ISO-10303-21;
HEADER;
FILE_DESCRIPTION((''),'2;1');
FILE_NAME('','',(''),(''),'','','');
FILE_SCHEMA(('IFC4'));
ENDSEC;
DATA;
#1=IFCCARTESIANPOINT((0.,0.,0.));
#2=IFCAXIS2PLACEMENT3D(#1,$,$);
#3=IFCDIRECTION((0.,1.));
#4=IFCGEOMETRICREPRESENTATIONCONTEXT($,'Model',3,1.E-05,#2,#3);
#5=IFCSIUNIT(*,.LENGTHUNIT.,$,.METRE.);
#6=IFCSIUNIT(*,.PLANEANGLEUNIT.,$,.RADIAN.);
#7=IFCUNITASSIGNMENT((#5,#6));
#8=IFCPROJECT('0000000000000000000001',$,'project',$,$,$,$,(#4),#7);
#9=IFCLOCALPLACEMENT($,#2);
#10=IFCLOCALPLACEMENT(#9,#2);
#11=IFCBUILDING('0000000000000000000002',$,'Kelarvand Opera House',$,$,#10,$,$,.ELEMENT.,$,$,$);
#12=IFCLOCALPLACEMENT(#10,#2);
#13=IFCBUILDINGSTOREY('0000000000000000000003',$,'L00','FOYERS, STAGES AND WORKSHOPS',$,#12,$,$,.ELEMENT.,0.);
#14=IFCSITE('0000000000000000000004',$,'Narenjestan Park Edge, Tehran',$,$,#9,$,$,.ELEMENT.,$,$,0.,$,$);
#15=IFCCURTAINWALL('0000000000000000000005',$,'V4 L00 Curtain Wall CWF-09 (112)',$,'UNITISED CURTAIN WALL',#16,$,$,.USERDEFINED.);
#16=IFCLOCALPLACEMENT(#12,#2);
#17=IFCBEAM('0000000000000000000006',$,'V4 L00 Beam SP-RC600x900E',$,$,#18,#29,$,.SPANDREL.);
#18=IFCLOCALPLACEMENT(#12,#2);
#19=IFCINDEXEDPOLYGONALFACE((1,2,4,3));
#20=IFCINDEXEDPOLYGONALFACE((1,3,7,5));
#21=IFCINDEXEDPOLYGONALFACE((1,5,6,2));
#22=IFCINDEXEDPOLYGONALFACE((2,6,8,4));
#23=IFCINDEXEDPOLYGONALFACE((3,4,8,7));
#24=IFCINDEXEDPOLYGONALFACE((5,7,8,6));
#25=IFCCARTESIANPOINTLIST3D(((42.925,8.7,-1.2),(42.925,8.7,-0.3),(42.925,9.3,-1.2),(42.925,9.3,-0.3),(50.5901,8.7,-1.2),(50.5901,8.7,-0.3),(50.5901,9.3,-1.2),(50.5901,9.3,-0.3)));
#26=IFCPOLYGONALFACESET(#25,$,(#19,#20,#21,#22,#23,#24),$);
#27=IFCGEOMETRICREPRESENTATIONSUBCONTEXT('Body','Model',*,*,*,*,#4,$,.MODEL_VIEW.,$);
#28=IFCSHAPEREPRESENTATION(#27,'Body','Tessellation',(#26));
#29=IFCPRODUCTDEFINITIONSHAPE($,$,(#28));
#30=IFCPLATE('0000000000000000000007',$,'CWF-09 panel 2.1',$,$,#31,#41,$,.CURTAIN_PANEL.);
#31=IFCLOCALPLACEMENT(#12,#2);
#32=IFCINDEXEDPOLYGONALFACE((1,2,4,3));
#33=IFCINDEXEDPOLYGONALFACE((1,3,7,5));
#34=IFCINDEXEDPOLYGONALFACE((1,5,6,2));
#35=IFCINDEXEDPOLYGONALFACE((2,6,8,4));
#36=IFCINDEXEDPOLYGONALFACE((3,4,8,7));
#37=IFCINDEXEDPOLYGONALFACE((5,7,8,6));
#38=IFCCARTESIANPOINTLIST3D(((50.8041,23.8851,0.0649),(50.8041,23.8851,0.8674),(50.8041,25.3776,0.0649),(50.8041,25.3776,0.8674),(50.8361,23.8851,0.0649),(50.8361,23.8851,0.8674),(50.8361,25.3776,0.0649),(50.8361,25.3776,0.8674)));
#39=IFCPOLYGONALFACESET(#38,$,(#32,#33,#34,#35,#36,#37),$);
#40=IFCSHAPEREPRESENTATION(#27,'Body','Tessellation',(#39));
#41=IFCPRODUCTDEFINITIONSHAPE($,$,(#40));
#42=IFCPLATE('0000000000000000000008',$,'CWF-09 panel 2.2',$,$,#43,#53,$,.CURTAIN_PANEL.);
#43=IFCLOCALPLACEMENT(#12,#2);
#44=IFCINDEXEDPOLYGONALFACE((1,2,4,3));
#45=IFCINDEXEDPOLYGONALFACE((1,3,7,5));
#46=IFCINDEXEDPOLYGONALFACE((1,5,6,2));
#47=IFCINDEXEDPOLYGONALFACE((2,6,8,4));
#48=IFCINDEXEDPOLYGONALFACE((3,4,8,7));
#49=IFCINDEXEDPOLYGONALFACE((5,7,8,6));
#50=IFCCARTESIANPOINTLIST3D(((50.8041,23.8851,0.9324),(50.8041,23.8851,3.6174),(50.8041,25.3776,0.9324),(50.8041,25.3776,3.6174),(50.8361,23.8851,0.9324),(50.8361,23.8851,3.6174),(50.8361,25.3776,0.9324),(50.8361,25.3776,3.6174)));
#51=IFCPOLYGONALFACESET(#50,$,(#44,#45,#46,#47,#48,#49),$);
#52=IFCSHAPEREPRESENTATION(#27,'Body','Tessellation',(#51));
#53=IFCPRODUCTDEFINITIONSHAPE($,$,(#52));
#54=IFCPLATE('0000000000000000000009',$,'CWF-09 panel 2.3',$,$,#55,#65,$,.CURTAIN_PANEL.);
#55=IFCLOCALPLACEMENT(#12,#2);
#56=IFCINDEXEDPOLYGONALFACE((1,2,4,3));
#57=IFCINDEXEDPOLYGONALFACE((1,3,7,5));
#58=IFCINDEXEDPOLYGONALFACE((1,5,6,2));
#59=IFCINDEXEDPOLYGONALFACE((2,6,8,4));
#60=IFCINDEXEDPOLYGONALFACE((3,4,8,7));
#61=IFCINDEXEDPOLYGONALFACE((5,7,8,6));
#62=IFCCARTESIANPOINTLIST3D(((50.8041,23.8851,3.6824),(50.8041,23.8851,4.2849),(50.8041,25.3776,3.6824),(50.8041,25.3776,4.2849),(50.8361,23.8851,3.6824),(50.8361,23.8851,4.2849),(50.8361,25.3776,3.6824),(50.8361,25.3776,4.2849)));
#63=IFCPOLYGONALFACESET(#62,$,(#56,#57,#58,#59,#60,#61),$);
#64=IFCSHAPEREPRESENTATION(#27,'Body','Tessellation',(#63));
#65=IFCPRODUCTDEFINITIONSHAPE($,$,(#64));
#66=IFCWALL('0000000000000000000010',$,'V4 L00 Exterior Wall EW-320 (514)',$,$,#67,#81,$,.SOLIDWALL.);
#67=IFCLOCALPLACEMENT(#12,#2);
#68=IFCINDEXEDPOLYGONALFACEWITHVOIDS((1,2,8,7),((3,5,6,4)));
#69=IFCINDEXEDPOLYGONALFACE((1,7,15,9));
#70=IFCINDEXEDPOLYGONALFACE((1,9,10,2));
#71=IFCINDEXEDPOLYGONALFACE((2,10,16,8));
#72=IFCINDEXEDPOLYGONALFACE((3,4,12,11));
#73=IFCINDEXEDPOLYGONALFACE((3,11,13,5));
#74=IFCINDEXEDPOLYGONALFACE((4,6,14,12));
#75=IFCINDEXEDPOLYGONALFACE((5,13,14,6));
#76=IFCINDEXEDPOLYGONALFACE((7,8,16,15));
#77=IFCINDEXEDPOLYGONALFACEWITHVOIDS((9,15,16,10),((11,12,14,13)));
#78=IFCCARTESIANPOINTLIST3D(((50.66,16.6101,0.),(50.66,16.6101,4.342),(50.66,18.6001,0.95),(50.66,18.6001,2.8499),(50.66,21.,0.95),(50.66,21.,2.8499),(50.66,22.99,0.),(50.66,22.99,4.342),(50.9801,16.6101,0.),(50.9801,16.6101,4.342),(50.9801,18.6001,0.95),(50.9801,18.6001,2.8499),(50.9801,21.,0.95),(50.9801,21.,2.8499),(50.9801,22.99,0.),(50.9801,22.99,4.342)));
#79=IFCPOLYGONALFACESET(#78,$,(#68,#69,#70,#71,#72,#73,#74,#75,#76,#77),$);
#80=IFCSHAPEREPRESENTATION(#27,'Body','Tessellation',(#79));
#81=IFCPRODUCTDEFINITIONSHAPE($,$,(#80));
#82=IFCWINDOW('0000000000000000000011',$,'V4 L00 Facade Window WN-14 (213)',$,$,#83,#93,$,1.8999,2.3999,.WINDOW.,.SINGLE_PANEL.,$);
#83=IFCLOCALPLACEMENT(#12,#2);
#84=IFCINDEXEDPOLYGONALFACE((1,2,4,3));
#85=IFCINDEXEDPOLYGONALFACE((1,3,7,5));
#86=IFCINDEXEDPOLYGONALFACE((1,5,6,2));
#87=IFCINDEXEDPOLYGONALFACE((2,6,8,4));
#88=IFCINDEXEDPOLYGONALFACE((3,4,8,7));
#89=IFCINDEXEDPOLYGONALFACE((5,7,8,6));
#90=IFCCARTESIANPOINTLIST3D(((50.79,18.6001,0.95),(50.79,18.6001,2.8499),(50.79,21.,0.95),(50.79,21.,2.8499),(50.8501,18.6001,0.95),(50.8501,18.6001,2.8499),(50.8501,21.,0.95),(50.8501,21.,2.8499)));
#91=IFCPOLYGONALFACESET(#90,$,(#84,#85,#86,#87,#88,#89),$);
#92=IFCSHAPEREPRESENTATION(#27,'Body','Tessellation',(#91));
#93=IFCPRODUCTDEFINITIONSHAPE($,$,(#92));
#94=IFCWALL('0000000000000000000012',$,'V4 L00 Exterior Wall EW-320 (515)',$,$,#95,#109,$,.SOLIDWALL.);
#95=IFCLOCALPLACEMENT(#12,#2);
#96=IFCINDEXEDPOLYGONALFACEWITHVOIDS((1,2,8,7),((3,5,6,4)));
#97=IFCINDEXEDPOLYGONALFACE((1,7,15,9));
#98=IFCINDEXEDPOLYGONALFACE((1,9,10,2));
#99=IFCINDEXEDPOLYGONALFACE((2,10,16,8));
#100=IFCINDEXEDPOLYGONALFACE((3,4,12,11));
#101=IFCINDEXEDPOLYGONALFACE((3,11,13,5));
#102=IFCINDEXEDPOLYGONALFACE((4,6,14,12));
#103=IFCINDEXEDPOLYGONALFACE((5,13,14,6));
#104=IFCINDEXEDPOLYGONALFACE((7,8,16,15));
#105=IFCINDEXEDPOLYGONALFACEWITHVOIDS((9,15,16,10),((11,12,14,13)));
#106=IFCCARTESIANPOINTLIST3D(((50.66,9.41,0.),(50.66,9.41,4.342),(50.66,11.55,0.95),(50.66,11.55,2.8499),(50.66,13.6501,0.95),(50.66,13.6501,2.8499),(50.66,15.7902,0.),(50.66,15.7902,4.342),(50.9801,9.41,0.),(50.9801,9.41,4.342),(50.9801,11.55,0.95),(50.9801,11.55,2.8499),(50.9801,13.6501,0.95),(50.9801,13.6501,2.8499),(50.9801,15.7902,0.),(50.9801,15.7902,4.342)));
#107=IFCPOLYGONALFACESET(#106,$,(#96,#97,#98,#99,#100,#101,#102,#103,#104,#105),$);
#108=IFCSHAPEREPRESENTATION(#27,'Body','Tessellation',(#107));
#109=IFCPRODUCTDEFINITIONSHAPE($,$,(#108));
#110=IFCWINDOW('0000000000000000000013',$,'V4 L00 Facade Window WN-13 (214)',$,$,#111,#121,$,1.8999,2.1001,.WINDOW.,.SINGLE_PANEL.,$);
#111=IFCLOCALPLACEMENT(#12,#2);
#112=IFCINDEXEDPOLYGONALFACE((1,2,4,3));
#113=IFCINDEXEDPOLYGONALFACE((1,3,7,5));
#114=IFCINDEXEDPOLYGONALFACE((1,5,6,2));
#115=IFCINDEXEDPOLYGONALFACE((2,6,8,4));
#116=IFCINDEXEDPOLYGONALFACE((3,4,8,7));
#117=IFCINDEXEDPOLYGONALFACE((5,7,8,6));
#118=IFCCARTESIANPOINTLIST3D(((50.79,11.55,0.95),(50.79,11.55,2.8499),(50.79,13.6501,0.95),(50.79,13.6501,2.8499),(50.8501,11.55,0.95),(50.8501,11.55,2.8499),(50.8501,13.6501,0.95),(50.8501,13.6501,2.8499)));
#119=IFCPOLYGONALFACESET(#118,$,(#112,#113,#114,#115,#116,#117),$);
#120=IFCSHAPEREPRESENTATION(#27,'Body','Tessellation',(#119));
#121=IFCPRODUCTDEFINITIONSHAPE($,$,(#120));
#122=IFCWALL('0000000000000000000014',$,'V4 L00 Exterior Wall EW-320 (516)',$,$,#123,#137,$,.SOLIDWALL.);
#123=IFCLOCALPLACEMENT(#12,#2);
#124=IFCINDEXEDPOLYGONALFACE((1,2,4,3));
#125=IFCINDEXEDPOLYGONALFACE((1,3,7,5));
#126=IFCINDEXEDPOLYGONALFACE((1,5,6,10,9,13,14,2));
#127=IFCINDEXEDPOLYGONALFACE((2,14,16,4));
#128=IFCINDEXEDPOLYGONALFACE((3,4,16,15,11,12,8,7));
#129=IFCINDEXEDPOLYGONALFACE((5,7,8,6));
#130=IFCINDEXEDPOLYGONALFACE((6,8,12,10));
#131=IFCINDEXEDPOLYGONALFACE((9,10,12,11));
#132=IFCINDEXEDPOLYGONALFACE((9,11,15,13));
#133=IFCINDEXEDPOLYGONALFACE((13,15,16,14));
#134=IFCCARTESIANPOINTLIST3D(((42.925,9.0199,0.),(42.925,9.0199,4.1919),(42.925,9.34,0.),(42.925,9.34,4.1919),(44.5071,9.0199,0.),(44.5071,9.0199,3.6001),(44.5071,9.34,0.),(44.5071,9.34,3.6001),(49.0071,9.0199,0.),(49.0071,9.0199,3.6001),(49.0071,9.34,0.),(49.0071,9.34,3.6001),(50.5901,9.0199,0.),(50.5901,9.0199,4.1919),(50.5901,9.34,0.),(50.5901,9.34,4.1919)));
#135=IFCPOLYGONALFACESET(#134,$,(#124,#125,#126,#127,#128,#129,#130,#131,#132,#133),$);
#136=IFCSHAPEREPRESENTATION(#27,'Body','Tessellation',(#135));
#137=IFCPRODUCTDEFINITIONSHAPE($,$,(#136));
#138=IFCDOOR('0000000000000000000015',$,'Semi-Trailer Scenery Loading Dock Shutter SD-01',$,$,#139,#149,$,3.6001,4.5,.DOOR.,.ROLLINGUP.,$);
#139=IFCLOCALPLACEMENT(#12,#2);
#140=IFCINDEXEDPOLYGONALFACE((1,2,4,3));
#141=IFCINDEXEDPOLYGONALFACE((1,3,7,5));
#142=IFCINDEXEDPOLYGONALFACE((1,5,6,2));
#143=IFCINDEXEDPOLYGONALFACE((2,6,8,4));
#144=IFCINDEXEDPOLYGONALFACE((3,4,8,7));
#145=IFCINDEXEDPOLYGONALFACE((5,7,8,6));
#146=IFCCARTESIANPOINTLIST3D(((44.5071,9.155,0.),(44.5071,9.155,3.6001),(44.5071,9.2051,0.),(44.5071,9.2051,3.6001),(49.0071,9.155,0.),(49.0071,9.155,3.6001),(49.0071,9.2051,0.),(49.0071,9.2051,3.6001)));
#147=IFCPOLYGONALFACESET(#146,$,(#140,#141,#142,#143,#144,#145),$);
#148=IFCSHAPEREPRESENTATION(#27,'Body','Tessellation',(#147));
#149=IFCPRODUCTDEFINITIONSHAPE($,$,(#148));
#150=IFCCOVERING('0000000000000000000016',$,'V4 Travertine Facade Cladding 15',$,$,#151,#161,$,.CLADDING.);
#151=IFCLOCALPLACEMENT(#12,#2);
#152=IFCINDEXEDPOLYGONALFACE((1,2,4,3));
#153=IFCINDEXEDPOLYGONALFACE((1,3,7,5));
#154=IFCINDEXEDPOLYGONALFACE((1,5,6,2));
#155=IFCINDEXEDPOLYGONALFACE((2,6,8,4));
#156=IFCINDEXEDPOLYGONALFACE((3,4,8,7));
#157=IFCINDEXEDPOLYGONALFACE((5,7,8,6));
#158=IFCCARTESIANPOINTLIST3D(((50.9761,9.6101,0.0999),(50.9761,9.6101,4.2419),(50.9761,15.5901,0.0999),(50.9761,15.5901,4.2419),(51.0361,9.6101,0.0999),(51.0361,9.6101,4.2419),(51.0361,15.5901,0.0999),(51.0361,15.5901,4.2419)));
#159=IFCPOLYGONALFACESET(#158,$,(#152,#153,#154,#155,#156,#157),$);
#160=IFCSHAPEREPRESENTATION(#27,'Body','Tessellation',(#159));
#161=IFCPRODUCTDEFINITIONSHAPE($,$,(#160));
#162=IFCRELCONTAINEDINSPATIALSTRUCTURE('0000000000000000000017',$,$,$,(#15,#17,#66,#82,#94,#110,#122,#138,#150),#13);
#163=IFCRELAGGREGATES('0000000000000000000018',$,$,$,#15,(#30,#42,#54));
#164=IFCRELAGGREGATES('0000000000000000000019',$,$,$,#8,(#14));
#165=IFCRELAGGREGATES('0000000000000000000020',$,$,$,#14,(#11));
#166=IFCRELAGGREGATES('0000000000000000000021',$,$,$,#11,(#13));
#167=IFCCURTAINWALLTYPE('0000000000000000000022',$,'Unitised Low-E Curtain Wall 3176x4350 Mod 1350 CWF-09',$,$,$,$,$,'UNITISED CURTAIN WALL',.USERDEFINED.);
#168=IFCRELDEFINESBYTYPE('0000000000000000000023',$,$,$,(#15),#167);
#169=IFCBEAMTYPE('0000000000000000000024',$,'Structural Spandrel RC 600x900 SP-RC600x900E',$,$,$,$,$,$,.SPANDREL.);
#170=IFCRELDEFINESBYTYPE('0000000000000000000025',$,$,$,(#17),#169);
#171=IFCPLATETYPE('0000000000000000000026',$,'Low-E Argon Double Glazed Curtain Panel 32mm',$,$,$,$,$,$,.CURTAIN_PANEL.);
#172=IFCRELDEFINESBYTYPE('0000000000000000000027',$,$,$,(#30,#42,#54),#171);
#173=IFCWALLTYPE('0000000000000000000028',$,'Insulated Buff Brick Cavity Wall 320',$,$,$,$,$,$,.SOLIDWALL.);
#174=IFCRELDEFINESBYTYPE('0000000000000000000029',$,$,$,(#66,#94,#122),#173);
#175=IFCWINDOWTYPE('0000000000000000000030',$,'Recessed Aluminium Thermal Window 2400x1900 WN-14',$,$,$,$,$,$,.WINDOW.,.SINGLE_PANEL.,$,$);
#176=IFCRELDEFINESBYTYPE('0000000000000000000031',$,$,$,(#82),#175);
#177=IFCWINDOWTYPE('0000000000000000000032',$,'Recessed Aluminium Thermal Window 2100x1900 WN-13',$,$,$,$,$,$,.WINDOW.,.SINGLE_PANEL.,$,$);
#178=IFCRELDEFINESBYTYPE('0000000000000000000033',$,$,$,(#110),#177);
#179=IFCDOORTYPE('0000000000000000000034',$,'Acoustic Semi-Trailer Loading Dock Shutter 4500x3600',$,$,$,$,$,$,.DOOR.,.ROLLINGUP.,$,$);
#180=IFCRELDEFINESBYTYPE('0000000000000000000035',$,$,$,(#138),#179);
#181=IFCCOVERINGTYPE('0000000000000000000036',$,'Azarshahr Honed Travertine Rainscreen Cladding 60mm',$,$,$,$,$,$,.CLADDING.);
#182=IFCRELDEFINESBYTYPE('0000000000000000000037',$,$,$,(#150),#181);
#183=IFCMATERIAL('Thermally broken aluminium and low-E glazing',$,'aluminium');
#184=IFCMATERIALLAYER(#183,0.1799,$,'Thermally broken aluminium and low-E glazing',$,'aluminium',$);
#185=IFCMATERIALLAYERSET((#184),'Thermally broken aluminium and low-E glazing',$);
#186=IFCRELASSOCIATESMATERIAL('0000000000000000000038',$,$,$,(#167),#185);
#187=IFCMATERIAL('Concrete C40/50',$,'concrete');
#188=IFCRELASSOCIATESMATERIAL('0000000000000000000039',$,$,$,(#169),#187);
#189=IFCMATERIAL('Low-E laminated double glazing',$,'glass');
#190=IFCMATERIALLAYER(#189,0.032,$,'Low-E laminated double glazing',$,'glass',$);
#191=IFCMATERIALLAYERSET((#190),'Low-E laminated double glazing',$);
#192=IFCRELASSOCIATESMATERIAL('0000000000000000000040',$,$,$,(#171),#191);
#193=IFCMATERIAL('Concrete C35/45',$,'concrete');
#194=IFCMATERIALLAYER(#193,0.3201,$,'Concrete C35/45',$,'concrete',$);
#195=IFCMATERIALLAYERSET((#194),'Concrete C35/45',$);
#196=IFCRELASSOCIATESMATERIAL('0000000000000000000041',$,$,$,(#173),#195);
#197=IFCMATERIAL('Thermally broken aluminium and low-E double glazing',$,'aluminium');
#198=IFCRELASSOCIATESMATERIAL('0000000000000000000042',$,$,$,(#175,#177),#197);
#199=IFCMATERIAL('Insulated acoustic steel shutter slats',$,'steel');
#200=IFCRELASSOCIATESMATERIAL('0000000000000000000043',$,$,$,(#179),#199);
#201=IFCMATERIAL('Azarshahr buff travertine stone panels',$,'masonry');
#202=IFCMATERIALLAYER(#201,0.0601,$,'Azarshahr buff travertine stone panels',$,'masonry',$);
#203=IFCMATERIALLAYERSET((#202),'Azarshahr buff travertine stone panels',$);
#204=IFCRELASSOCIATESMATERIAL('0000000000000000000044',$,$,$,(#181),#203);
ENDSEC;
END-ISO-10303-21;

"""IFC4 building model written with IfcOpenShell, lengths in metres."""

from ifc_helpers import new_model, si_unit, direction, frame, frame_2d, origin, origin_2d, place, context, subcontext, project, spatial, rectangle, extrude, material, layer, layer_set, material_profile, profile_set, type_object, element, fill, aggregate, save


model = new_model("IFC4")

# Units and contexts
model_context = context("Model", 3, precision=1e-05, world=origin(), true_north=direction((0.0, 1.0)))
body_context = subcontext(model_context, "Body", "Model", "MODEL_VIEW")
ifc_project = project(units=[si_unit("LENGTHUNIT", "METRE"), si_unit("PLANEANGLEUNIT", "RADIAN")], contexts=[model_context])

# Site, building, storey
site_placement = place(None, origin())
site = spatial("IfcSite", under=ifc_project, at=site_placement, Name="Narenjestan Park Edge, Tehran", CompositionType="ELEMENT", RefElevation=0.0)
building_placement = place(site_placement, origin())
building = spatial("IfcBuilding", under=site, at=building_placement, Name="Kelarvand Opera House", CompositionType="ELEMENT")
storey_placement = place(building_placement, origin())
storey = spatial("IfcBuildingStorey", under=building, at=storey_placement, Name="L00", Description="FOYERS, STAGES AND WORKSHOPS", CompositionType="ELEMENT", Elevation=0.0)

# Shared definitions
ifc_material_1 = material(Name="Concrete C40/50", Category="concrete")

# Curtain wall
ifc_material_2 = material(Name="Thermally broken aluminium and low-E glazing", Category="aluminium")
ifc_layer_1 = layer(ifc_material_2, 0.1799, Name="Thermally broken aluminium and low-E glazing", Category="aluminium")
ifc_layer_set_1 = layer_set([ifc_layer_1], Name="Thermally broken aluminium and low-E glazing")
curtain_wall_type = type_object("IfcCurtainWallType", Name="Unitised Low-E Curtain Wall 3176x4350 Mod 1350 CWF-09", ElementType="UNITISED CURTAIN WALL", PredefinedType="USERDEFINED", material=ifc_layer_set_1)
curtain_wall_placement = place(storey_placement, origin())
curtain_wall = element("IfcCurtainWall", 1, at=curtain_wall_placement, inside=storey, type_object=curtain_wall_type, Name="V4 L00 Curtain Wall CWF-09 (112)", ObjectType="UNITISED CURTAIN WALL", PredefinedType="USERDEFINED")

# Beam
ifc_material_profile_1 = material_profile(ifc_material_1, rectangle(XDim=0.6001, YDim=0.8999, at=origin_2d()), Name="RC 600x900", Category="concrete")
ifc_profile_set_1 = profile_set([ifc_material_profile_1], Name="Concrete C40/50")
beam_type_1 = type_object("IfcBeamType", Name="Structural Spandrel RC 600x900 SP-RC600x900E", PredefinedType="SPANDREL", material=ifc_profile_set_1)
beam_1_placement = place(storey_placement, frame((42.925, 9.0, -0.75), z_axis=(1.0, 0.0, 0.0), x_axis=(0.0, 1.0, 0.0)))
element("IfcBeam", 2, at=beam_1_placement, inside=storey, type_object=beam_type_1, Name="V4 L00 Beam SP-RC600x900E", PredefinedType="SPANDREL", context=body_context, shape_type="SweptSolid", body=[
    extrude(rectangle(XDim=0.6001, YDim=0.8999, at=origin_2d()), origin(), (0.0, 0.0, 1.0), 7.665),
])

# Plates
ifc_material_3 = material(Name="Low-E laminated double glazing", Category="glass")
ifc_layer_2 = layer(ifc_material_3, 0.032, Name="Low-E laminated double glazing", Category="glass")
ifc_layer_set_2 = layer_set([ifc_layer_2], Name="Low-E laminated double glazing")
plate_type = type_object("IfcPlateType", Name="Low-E Argon Double Glazed Curtain Panel 32mm", PredefinedType="CURTAIN_PANEL", material=ifc_layer_set_2)
plate_1_placement = place(storey_placement, frame((50.8201, 24.6313, 0.0649), z_axis=(0.0, 0.0, 1.0), x_axis=(0.0, -1.0, 0.0)))
plate_1 = element("IfcPlate", 3, at=plate_1_placement, type_object=plate_type, Name="CWF-09 panel 2.1", PredefinedType="CURTAIN_PANEL", context=body_context, shape_type="SweptSolid", body=[
    extrude(rectangle(XDim=1.4924, YDim=0.032, at=origin_2d()), origin(), (0.0, 0.0, 1.0), 0.8025),
])
plate_2_placement = place(storey_placement, frame((50.8201, 24.6313, 0.9324), z_axis=(0.0, 0.0, 1.0), x_axis=(0.0, -1.0, 0.0)))
plate_2 = element("IfcPlate", 4, at=plate_2_placement, type_object=plate_type, Name="CWF-09 panel 2.2", PredefinedType="CURTAIN_PANEL", context=body_context, shape_type="SweptSolid", body=[
    extrude(rectangle(XDim=1.4924, YDim=0.032, at=origin_2d()), origin(), (0.0, 0.0, 1.0), 2.6851),
])
plate_3_placement = place(storey_placement, frame((50.8201, 24.6313, 3.6824), z_axis=(0.0, 0.0, 1.0), x_axis=(0.0, -1.0, 0.0)))
plate_3 = element("IfcPlate", 5, at=plate_3_placement, type_object=plate_type, Name="CWF-09 panel 2.3", PredefinedType="CURTAIN_PANEL", context=body_context, shape_type="SweptSolid", body=[
    extrude(rectangle(XDim=1.4924, YDim=0.032, at=origin_2d()), origin(), (0.0, 0.0, 1.0), 0.6025),
])
aggregate(curtain_wall, [plate_1, plate_2, plate_3])

# Walls, openings, windows
ifc_material_4 = material(Name="Concrete C35/45", Category="concrete")
ifc_layer_3 = layer(ifc_material_4, 0.3201, Name="Concrete C35/45", Category="concrete")
ifc_layer_set_3 = layer_set([ifc_layer_3], Name="Concrete C35/45")
wall_type = type_object("IfcWallType", Name="Insulated Buff Brick Cavity Wall 320", PredefinedType="SOLIDWALL", material=ifc_layer_set_3)
wall_1_placement = place(storey_placement, frame((50.8201, 22.99, 0.0), z_axis=(0.0, 0.0, 1.0), x_axis=(0.0, -1.0, 0.0)))
wall_1 = element("IfcWall", 6, at=wall_1_placement, inside=storey, type_object=wall_type, Name="V4 L00 Exterior Wall EW-320 (514)", PredefinedType="SOLIDWALL", context=body_context, shape_type="SweptSolid", body=[
    extrude(rectangle(XDim=6.3799, YDim=0.3201, at=frame_2d((3.1899, 0.0))), origin(), (0.0, 0.0, 1.0), 4.342),
])
opening_1_placement = place(wall_1_placement, frame((1.99, 0.0, 0.95)))
opening_1 = element("IfcOpeningElement", 7, at=opening_1_placement, cuts=wall_1, PredefinedType="OPENING", context=body_context, shape_type="SweptSolid", body=[
    extrude(rectangle(XDim=2.3999, YDim=1.8999, at=frame_2d((1.2, 0.95))), frame((0.0, 0.1699, 0.0), z_axis=(0.0, -1.0, 0.0), x_axis=(1.0, 0.0, 0.0)), (0.0, 0.0, 1.0), 0.3401),
])
ifc_material_5 = material(Name="Thermally broken aluminium and low-E double glazing", Category="aluminium")
window_type_1 = type_object("IfcWindowType", Name="Recessed Aluminium Thermal Window 2400x1900 WN-14", PartitioningType="SINGLE_PANEL", PredefinedType="WINDOW", material=ifc_material_5)
window_1_placement = place(opening_1_placement, origin())
window_1 = element("IfcWindow", 8, at=window_1_placement, inside=storey, type_object=window_type_1, Name="V4 L00 Facade Window WN-14 (213)", OverallHeight=1.8999, OverallWidth=2.3999, PartitioningType="SINGLE_PANEL", PredefinedType="WINDOW", context=body_context, shape_type="SweptSolid", body=[
    extrude(rectangle(XDim=2.3999, YDim=1.8999, at=frame_2d((1.2, 0.95))), frame((0.0, 0.03, 0.0), z_axis=(0.0, -1.0, 0.0), x_axis=(1.0, 0.0, 0.0)), (0.0, 0.0, 1.0), 0.0601),
])
fill(opening_1, window_1)
wall_2_placement = place(storey_placement, frame((50.8201, 15.79, 0.0), z_axis=(0.0, 0.0, 1.0), x_axis=(0.0, -1.0, 0.0)))
wall_2 = element("IfcWall", 9, at=wall_2_placement, inside=storey, type_object=wall_type, Name="V4 L00 Exterior Wall EW-320 (515)", PredefinedType="SOLIDWALL", context=body_context, shape_type="SweptSolid", body=[
    extrude(rectangle(XDim=6.3801, YDim=0.3201, at=frame_2d((3.1899, 0.0))), origin(), (0.0, 0.0, 1.0), 4.342),
])
opening_2_placement = place(wall_2_placement, frame((2.1399, 0.0, 0.95)))
opening_2 = element("IfcOpeningElement", 10, at=opening_2_placement, cuts=wall_2, PredefinedType="OPENING", context=body_context, shape_type="SweptSolid", body=[
    extrude(rectangle(XDim=2.1001, YDim=1.8999, at=frame_2d((1.05, 0.95))), frame((0.0, 0.1699, 0.0), z_axis=(0.0, -1.0, 0.0), x_axis=(1.0, 0.0, 0.0)), (0.0, 0.0, 1.0), 0.3401),
])
window_type_2 = type_object("IfcWindowType", Name="Recessed Aluminium Thermal Window 2100x1900 WN-13", PartitioningType="SINGLE_PANEL", PredefinedType="WINDOW", material=ifc_material_5)
window_2_placement = place(opening_2_placement, origin())
window_2 = element("IfcWindow", 11, at=window_2_placement, inside=storey, type_object=window_type_2, Name="V4 L00 Facade Window WN-13 (214)", OverallHeight=1.8999, OverallWidth=2.1001, PartitioningType="SINGLE_PANEL", PredefinedType="WINDOW", context=body_context, shape_type="SweptSolid", body=[
    extrude(rectangle(XDim=2.1001, YDim=1.8999, at=frame_2d((1.05, 0.95))), frame((0.0, 0.03, 0.0), z_axis=(0.0, -1.0, 0.0), x_axis=(1.0, 0.0, 0.0)), (0.0, 0.0, 1.0), 0.0601),
])
fill(opening_2, window_2)

# Wall, opening, door
wall_3_placement = place(storey_placement, frame((50.5901, 9.1799, 0.0), z_axis=(0.0, 0.0, 1.0), x_axis=(-1.0, 0.0, 0.0)))
wall_3 = element("IfcWall", 12, at=wall_3_placement, inside=storey, type_object=wall_type, Name="V4 L00 Exterior Wall EW-320 (516)", PredefinedType="SOLIDWALL", context=body_context, shape_type="SweptSolid", body=[
    extrude(rectangle(XDim=7.665, YDim=0.3201, at=frame_2d((3.8325, 0.0))), origin(), (0.0, 0.0, 1.0), 4.1919),
])
opening_3_placement = place(wall_3_placement, frame((1.583, 0.0, 0.0)))
opening_3 = element("IfcOpeningElement", 13, at=opening_3_placement, cuts=wall_3, PredefinedType="OPENING", context=body_context, shape_type="SweptSolid", body=[
    extrude(rectangle(XDim=4.5, YDim=3.6001, at=frame_2d((2.25, 1.8))), frame((0.0, 0.1699, 0.0), z_axis=(0.0, -1.0, 0.0), x_axis=(1.0, 0.0, 0.0)), (0.0, 0.0, 1.0), 0.3401),
])
ifc_material_6 = material(Name="Insulated acoustic steel shutter slats", Category="steel")
door_type = type_object("IfcDoorType", Name="Acoustic Semi-Trailer Loading Dock Shutter 4500x3600", OperationType="ROLLINGUP", PredefinedType="DOOR", material=ifc_material_6)
door_placement = place(opening_3_placement, origin())
door = element("IfcDoor", 14, at=door_placement, inside=storey, type_object=door_type, Name="Semi-Trailer Scenery Loading Dock Shutter SD-01", OperationType="ROLLINGUP", OverallHeight=3.6001, OverallWidth=4.5, PredefinedType="DOOR", context=body_context, shape_type="SweptSolid", body=[
    extrude(rectangle(XDim=4.5, YDim=3.6001, at=frame_2d((2.25, 1.8))), frame((0.0, 0.0249, 0.0), z_axis=(0.0, -1.0, 0.0), x_axis=(1.0, 0.0, 0.0)), (0.0, 0.0, 1.0), 0.05),
])
fill(opening_3, door)

# Covering
ifc_material_7 = material(Name="Azarshahr buff travertine stone panels", Category="masonry")
ifc_layer_4 = layer(ifc_material_7, 0.0601, Name="Azarshahr buff travertine stone panels", Category="masonry")
ifc_layer_set_4 = layer_set([ifc_layer_4], Name="Azarshahr buff travertine stone panels")
covering_type = type_object("IfcCoveringType", Name="Azarshahr Honed Travertine Rainscreen Cladding 60mm", PredefinedType="CLADDING", material=ifc_layer_set_4)
covering_placement = place(storey_placement, frame((51.0061, 12.6001, 0.0999), z_axis=(0.0, 0.0, 1.0), x_axis=(0.0, -1.0, 0.0)))
element("IfcCovering", 15, at=covering_placement, inside=storey, type_object=covering_type, Name="V4 Travertine Facade Cladding 15", PredefinedType="CLADDING", context=body_context, shape_type="SweptSolid", body=[
    extrude(rectangle(XDim=5.98, YDim=0.0601, at=origin_2d()), origin(), (0.0, 0.0, 1.0), 4.1421),
])

save(model, "model.ifc")
